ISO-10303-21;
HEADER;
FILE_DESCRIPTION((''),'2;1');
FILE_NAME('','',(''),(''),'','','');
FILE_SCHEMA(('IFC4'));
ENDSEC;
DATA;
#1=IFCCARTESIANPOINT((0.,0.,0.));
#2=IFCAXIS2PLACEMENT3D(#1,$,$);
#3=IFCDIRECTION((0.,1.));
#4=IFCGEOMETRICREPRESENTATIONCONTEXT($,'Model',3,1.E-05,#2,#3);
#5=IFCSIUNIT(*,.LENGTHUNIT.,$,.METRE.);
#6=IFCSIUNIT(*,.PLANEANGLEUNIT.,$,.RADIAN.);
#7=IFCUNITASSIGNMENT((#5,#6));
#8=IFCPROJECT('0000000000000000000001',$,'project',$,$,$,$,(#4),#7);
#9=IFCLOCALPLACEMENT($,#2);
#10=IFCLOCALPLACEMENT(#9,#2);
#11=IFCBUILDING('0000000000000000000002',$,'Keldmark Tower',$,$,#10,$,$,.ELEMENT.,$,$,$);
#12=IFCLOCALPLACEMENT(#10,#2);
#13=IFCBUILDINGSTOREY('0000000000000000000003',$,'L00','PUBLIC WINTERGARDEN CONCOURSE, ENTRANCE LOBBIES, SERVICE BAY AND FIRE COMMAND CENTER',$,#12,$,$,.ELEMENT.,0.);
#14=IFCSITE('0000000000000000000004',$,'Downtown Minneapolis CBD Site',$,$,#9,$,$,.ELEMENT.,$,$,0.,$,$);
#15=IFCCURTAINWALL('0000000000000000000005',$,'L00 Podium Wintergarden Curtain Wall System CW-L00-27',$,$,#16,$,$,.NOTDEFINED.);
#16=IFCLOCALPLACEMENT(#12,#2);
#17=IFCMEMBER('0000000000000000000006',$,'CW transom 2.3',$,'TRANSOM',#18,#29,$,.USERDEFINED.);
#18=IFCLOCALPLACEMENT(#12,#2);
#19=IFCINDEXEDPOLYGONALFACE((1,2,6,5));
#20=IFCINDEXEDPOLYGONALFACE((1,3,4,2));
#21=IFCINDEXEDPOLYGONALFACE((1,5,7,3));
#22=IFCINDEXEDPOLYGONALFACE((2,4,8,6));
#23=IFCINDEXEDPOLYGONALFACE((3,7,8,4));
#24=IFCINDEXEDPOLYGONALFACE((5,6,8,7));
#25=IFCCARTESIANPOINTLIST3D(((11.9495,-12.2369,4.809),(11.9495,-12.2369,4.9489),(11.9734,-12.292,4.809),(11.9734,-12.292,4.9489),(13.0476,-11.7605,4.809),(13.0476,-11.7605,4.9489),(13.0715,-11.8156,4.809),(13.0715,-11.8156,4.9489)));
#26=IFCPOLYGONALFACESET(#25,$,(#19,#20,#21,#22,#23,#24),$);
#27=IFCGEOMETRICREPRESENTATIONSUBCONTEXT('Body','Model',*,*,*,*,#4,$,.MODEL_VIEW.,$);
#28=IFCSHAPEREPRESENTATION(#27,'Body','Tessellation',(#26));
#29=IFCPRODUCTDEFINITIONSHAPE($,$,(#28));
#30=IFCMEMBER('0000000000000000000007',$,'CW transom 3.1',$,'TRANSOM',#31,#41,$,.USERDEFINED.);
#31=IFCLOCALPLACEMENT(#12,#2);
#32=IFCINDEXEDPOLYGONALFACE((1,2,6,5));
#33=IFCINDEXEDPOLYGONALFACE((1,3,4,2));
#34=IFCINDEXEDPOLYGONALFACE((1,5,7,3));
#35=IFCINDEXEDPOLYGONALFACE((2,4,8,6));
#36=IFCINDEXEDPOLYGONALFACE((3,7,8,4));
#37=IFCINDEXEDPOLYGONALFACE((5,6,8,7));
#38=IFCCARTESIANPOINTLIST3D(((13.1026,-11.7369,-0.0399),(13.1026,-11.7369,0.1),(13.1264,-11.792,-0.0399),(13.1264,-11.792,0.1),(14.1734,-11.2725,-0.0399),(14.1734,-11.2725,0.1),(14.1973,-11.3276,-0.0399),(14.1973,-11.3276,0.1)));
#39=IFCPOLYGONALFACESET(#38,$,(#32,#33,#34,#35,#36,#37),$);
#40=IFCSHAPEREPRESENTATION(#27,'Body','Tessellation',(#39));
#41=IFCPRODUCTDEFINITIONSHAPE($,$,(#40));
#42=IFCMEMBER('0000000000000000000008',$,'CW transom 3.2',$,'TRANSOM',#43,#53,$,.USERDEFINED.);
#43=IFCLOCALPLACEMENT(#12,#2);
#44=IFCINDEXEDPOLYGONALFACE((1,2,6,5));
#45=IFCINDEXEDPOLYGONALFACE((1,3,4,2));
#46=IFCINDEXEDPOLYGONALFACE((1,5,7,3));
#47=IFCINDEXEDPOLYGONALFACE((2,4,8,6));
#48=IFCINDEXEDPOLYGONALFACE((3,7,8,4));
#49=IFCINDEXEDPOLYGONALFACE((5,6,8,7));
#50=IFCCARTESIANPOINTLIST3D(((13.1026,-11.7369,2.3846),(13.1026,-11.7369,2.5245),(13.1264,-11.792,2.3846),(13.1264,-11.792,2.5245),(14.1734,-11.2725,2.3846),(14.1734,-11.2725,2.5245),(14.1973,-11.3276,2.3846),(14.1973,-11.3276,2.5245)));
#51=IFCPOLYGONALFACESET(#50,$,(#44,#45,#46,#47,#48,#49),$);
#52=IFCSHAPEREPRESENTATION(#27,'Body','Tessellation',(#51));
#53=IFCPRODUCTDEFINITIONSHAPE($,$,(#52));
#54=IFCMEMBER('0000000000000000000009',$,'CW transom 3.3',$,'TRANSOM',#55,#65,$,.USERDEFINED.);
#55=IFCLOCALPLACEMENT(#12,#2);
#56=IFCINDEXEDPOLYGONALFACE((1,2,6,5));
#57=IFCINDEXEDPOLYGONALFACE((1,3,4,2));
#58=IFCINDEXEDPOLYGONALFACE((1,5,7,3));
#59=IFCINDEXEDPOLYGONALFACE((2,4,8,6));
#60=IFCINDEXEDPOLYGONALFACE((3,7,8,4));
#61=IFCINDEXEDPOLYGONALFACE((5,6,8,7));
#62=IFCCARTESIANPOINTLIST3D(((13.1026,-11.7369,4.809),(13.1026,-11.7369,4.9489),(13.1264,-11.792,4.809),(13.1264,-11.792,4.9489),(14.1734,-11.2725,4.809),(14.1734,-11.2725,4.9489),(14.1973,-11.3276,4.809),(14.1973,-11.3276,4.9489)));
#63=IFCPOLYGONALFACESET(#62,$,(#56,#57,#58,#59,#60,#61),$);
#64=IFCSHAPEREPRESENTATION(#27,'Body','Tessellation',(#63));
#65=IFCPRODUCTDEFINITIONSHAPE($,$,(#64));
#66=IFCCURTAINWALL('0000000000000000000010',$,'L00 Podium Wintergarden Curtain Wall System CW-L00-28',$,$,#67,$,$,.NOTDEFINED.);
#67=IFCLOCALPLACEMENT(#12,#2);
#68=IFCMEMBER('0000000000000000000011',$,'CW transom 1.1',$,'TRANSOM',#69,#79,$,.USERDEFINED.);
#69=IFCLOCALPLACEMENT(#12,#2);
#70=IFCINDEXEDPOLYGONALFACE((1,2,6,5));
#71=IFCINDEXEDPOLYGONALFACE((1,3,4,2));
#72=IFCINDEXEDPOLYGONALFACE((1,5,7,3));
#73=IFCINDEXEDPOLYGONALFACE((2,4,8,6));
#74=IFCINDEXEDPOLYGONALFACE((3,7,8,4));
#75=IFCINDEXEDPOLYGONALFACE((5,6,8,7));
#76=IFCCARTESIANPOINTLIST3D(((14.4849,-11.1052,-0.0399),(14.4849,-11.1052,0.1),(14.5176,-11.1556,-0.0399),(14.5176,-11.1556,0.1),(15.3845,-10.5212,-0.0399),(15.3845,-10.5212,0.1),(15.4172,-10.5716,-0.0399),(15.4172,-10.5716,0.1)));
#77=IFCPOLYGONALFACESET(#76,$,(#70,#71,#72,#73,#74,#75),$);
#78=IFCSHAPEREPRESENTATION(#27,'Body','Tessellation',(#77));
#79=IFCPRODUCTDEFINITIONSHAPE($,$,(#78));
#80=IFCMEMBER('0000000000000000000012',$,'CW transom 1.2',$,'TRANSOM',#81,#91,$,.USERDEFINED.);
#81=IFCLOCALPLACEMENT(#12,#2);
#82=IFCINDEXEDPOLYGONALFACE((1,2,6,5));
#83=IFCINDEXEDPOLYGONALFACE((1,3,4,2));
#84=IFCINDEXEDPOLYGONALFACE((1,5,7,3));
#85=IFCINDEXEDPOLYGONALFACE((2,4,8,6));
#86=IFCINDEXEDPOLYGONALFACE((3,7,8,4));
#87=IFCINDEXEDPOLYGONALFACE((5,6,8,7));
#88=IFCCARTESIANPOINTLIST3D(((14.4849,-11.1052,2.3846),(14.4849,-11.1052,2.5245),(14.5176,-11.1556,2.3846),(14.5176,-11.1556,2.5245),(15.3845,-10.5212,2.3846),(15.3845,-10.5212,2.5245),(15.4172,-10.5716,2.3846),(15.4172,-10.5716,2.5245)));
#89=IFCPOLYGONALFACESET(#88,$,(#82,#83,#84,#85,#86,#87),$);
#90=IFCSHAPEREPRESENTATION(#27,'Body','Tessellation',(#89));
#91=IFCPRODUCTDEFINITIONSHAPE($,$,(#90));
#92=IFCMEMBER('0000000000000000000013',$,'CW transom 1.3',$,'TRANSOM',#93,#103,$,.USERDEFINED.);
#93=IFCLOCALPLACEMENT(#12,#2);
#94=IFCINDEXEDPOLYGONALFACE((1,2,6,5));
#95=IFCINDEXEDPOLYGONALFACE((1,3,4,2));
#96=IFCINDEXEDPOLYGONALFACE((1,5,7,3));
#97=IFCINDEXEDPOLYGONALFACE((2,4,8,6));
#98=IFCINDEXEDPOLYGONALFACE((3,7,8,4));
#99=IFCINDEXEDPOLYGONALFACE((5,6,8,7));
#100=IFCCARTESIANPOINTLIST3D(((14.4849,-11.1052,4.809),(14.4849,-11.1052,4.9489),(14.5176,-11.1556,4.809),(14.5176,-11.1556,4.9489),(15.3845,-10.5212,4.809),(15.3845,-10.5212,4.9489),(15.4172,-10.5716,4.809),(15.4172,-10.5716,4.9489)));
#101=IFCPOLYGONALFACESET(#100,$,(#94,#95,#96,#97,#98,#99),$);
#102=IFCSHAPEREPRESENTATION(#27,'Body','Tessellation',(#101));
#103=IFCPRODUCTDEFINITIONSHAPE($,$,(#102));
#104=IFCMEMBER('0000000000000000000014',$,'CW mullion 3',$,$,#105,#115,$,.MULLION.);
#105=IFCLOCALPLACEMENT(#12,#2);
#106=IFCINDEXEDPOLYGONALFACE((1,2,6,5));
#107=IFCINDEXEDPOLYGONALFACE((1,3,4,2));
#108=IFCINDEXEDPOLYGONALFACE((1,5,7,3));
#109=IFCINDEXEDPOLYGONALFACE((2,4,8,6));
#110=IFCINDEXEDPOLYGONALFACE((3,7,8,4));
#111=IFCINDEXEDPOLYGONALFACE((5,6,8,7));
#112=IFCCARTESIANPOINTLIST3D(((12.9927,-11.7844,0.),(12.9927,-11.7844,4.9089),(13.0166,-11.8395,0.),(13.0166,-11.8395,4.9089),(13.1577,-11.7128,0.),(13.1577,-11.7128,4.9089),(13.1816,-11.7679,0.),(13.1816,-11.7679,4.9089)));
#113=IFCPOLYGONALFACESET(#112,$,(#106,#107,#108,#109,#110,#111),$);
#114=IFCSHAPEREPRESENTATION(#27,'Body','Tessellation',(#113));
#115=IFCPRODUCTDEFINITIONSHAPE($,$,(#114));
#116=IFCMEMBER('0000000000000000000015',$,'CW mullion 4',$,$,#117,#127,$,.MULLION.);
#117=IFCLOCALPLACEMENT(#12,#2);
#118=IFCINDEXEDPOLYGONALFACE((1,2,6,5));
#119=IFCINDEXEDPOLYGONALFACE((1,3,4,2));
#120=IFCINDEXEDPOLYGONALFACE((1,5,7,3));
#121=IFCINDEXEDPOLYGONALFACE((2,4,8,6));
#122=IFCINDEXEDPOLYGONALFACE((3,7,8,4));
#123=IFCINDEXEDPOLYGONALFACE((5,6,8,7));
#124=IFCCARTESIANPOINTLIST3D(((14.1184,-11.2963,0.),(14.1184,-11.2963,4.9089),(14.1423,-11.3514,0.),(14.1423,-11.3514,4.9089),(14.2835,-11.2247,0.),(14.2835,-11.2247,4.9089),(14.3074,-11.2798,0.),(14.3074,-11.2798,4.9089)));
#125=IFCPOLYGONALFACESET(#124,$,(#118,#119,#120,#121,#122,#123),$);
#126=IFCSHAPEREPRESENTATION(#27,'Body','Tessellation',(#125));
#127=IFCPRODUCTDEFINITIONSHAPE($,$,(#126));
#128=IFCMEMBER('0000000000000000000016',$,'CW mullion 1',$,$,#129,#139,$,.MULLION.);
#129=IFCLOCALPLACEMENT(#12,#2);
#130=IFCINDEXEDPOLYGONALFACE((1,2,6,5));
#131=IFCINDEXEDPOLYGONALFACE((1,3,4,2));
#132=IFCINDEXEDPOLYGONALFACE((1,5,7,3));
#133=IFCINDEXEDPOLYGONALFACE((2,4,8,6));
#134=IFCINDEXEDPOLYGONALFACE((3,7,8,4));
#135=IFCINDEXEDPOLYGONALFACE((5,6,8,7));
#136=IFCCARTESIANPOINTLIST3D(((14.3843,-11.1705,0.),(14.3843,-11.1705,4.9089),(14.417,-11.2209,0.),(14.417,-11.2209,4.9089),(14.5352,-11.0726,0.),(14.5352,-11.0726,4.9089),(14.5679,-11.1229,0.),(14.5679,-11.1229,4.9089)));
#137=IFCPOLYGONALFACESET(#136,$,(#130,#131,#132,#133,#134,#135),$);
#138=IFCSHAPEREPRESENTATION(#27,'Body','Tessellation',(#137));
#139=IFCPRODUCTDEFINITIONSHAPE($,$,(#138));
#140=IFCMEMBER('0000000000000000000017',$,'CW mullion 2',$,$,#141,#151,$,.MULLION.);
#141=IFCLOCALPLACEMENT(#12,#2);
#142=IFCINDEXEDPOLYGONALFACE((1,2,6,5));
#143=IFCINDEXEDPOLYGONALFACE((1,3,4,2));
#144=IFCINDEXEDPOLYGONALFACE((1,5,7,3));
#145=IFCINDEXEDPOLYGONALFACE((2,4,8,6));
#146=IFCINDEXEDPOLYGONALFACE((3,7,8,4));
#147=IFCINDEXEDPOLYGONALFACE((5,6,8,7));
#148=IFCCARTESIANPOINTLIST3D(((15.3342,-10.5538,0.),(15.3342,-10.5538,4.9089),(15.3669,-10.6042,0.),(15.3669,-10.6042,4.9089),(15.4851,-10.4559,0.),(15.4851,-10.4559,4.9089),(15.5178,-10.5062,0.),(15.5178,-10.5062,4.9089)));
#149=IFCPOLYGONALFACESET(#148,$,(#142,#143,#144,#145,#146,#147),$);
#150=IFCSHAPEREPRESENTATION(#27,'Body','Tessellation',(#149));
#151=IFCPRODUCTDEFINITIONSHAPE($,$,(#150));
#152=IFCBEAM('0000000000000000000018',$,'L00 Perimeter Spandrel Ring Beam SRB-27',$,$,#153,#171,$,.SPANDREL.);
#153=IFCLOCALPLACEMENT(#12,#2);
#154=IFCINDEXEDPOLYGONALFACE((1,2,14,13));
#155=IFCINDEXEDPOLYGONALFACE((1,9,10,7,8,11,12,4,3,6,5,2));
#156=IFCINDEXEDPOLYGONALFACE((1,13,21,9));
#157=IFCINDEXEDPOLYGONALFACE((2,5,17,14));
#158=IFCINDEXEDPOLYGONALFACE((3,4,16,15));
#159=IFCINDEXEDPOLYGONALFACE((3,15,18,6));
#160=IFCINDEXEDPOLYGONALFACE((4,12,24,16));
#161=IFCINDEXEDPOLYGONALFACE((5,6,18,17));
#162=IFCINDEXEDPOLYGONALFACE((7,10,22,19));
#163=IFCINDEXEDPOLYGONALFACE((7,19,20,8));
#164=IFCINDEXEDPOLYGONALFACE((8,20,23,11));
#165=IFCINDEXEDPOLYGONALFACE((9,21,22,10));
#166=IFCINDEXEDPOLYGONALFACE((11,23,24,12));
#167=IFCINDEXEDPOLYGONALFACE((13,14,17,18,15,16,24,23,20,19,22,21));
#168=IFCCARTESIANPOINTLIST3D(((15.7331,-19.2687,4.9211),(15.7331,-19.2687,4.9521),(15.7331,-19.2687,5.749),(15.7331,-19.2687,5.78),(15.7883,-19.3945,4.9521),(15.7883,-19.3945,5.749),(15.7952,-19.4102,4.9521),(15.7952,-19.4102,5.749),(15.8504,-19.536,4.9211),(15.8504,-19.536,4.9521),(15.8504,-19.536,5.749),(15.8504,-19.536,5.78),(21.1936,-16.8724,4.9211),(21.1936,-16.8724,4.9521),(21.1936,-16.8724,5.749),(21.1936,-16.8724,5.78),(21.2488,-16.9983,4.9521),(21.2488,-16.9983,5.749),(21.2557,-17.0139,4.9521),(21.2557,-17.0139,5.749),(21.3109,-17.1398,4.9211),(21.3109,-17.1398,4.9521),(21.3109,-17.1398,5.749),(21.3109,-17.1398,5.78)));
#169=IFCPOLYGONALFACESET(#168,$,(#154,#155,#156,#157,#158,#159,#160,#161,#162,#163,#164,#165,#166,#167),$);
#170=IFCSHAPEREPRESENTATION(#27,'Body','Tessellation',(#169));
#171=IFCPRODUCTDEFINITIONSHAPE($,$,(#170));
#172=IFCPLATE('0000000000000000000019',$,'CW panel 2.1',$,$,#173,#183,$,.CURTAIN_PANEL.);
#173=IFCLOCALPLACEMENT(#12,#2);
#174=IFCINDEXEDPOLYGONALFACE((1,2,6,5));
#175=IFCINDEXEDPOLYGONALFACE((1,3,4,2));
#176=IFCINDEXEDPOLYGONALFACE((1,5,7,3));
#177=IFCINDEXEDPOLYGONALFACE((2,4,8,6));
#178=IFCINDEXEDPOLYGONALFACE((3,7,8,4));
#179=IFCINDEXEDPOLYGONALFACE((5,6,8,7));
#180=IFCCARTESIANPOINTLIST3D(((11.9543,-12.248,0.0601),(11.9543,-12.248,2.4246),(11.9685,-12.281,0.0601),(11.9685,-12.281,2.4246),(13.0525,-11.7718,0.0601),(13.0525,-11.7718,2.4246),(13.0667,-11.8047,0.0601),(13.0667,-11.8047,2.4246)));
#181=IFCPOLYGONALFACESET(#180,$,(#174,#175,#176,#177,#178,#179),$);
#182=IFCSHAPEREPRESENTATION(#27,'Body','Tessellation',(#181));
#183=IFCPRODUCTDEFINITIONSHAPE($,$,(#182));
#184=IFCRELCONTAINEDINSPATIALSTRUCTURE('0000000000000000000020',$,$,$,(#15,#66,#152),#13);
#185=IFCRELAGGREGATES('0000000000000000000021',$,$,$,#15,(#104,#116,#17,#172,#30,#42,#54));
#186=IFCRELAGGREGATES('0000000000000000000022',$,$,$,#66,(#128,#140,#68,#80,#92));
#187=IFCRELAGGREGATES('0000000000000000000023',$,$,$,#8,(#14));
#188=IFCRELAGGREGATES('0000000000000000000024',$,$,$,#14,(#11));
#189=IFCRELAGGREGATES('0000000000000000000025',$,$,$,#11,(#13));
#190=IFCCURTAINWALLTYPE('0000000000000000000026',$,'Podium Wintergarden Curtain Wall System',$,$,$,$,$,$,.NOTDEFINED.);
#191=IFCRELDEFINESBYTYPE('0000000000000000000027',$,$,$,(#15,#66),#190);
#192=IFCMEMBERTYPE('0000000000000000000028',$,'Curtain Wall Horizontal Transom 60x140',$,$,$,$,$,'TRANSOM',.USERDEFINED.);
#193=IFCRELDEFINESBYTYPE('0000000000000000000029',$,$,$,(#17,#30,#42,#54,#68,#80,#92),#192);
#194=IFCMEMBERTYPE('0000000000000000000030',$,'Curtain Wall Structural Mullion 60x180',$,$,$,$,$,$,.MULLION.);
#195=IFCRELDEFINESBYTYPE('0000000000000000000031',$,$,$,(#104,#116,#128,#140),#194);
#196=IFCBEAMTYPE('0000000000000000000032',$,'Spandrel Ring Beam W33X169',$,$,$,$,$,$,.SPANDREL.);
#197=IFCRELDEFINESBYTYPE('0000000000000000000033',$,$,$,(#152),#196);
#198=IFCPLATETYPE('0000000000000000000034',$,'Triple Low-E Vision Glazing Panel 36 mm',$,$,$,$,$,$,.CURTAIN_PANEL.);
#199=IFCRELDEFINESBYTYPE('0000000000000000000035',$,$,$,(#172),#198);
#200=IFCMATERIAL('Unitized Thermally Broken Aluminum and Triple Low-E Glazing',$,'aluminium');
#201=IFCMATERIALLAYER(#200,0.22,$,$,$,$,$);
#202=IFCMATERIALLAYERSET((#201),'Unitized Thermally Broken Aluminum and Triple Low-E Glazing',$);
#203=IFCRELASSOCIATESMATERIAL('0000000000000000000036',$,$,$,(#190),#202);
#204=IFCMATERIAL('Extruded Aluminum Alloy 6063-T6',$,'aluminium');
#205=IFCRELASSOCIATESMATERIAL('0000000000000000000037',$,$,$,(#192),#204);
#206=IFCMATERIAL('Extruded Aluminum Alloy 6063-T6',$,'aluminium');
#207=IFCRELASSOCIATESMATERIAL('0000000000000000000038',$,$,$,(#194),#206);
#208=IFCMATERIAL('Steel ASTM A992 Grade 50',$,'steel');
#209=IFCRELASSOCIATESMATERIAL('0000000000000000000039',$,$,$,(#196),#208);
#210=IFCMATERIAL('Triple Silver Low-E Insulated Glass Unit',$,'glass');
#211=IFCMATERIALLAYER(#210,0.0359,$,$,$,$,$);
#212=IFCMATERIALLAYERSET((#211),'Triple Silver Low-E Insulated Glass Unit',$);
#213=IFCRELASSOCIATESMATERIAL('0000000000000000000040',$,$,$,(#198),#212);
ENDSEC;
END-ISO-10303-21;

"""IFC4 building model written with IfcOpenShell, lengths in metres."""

from ifc_helpers import new_model, si_unit, direction, frame, origin, origin_2d, place, context, subcontext, project, spatial, rectangle, i_section, extrude, material, layer, layer_set, material_profile, profile_set, type_object, element, aggregate, save


model = new_model("IFC4")

# Units and contexts
model_context = context("Model", 3, precision=1e-05, world=origin(), true_north=direction((0.0, 1.0)))
body_context = subcontext(model_context, "Body", "Model", "MODEL_VIEW")
ifc_project = project(units=[si_unit("LENGTHUNIT", "METRE"), si_unit("PLANEANGLEUNIT", "RADIAN")], contexts=[model_context])

# Site, building, storey
site_placement = place(None, origin())
site = spatial("IfcSite", under=ifc_project, at=site_placement, Name="Downtown Minneapolis CBD Site", CompositionType="ELEMENT", RefElevation=0.0)
building_placement = place(site_placement, origin())
building = spatial("IfcBuilding", under=site, at=building_placement, Name="Keldmark Tower", CompositionType="ELEMENT")
storey_placement = place(building_placement, origin())
storey = spatial("IfcBuildingStorey", under=building, at=storey_placement, Name="L00", Description="PUBLIC WINTERGARDEN CONCOURSE, ENTRANCE LOBBIES, SERVICE BAY AND FIRE COMMAND CENTER", CompositionType="ELEMENT", Elevation=0.0)

# Curtain walls, members
ifc_material_1 = material(Name="Unitized Thermally Broken Aluminum and Triple Low-E Glazing", Category="aluminium")
ifc_layer_1 = layer(ifc_material_1, 0.22)
ifc_layer_set_1 = layer_set([ifc_layer_1], Name="Unitized Thermally Broken Aluminum and Triple Low-E Glazing")
curtain_wall_type = type_object("IfcCurtainWallType", Name="Podium Wintergarden Curtain Wall System", PredefinedType="NOTDEFINED", material=ifc_layer_set_1)
curtain_wall_1_placement = place(storey_placement, origin())
curtain_wall_1 = element("IfcCurtainWall", 1, at=curtain_wall_1_placement, inside=storey, type_object=curtain_wall_type, Name="L00 Podium Wintergarden Curtain Wall System CW-L00-27", PredefinedType="NOTDEFINED")
ifc_material_2 = material(Name="Extruded Aluminum Alloy 6063-T6", Category="aluminium")
ifc_material_profile_1 = material_profile(ifc_material_2, rectangle(XDim=0.0601, YDim=0.1399, at=origin_2d()), Name="CWT60X140")
ifc_profile_set_1 = profile_set([ifc_material_profile_1], Name="Extruded Aluminum Alloy 6063-T6")
member_type_1 = type_object("IfcMemberType", Name="Curtain Wall Horizontal Transom 60x140", ElementType="TRANSOM", PredefinedType="USERDEFINED", material=ifc_profile_set_1)
member_1_placement = place(storey_placement, frame((11.9614, -12.2644, 4.8789), z_axis=(0.917417, 0.397928, 0.0), x_axis=(-0.397928, 0.917417, 0.0)))
member_1 = element("IfcMember", 2, at=member_1_placement, type_object=member_type_1, Name="CW transom 2.3", ObjectType="TRANSOM", PredefinedType="USERDEFINED", context=body_context, shape_type="SweptSolid", body=[
    extrude(rectangle(XDim=0.0601, YDim=0.1399, at=origin_2d()), origin(), (0.0, 0.0, 1.0), 1.197),
])
member_2_placement = place(storey_placement, frame((13.1145, -11.7644, 0.03), z_axis=(0.917449, 0.397854, 0.0), x_axis=(-0.397854, 0.917449, 0.0)))
member_2 = element("IfcMember", 3, at=member_2_placement, type_object=member_type_1, Name="CW transom 3.1", ObjectType="TRANSOM", PredefinedType="USERDEFINED", context=body_context, shape_type="SweptSolid", body=[
    extrude(rectangle(XDim=0.0601, YDim=0.1399, at=origin_2d()), origin(), (0.0, 0.0, 1.0), 1.1672),
])
member_3_placement = place(storey_placement, frame((13.1145, -11.7644, 2.4546), z_axis=(0.917449, 0.397854, 0.0), x_axis=(-0.397854, 0.917449, 0.0)))
member_3 = element("IfcMember", 4, at=member_3_placement, type_object=member_type_1, Name="CW transom 3.2", ObjectType="TRANSOM", PredefinedType="USERDEFINED", context=body_context, shape_type="SweptSolid", body=[
    extrude(rectangle(XDim=0.0601, YDim=0.1399, at=origin_2d()), origin(), (0.0, 0.0, 1.0), 1.1672),
])
member_4_placement = place(storey_placement, frame((13.1145, -11.7644, 4.8789), z_axis=(0.917449, 0.397854, 0.0), x_axis=(-0.397854, 0.917449, 0.0)))
member_4 = element("IfcMember", 5, at=member_4_placement, type_object=member_type_1, Name="CW transom 3.3", ObjectType="TRANSOM", PredefinedType="USERDEFINED", context=body_context, shape_type="SweptSolid", body=[
    extrude(rectangle(XDim=0.0601, YDim=0.1399, at=origin_2d()), origin(), (0.0, 0.0, 1.0), 1.1672),
])
curtain_wall_2_placement = place(storey_placement, origin())
curtain_wall_2 = element("IfcCurtainWall", 6, at=curtain_wall_2_placement, inside=storey, type_object=curtain_wall_type, Name="L00 Podium Wintergarden Curtain Wall System CW-L00-28", PredefinedType="NOTDEFINED")
member_5_placement = place(storey_placement, frame((14.5012, -11.1304, 0.03), z_axis=(0.838781, 0.544468, 0.0), x_axis=(-0.544468, 0.838781, 0.0)))
member_5 = element("IfcMember", 7, at=member_5_placement, type_object=member_type_1, Name="CW transom 1.1", ObjectType="TRANSOM", PredefinedType="USERDEFINED", context=body_context, shape_type="SweptSolid", body=[
    extrude(rectangle(XDim=0.0601, YDim=0.1399, at=origin_2d()), origin(), (0.0, 0.0, 1.0), 1.0725),
])
member_6_placement = place(storey_placement, frame((14.5012, -11.1304, 2.4546), z_axis=(0.838781, 0.544468, 0.0), x_axis=(-0.544468, 0.838781, 0.0)))
member_6 = element("IfcMember", 8, at=member_6_placement, type_object=member_type_1, Name="CW transom 1.2", ObjectType="TRANSOM", PredefinedType="USERDEFINED", context=body_context, shape_type="SweptSolid", body=[
    extrude(rectangle(XDim=0.0601, YDim=0.1399, at=origin_2d()), origin(), (0.0, 0.0, 1.0), 1.0725),
])
member_7_placement = place(storey_placement, frame((14.5012, -11.1304, 4.8789), z_axis=(0.838781, 0.544468, 0.0), x_axis=(-0.544468, 0.838781, 0.0)))
member_7 = element("IfcMember", 9, at=member_7_placement, type_object=member_type_1, Name="CW transom 1.3", ObjectType="TRANSOM", PredefinedType="USERDEFINED", context=body_context, shape_type="SweptSolid", body=[
    extrude(rectangle(XDim=0.0601, YDim=0.1399, at=origin_2d()), origin(), (0.0, 0.0, 1.0), 1.0725),
])

# Members
ifc_material_3 = material(Name="Extruded Aluminum Alloy 6063-T6", Category="aluminium")
ifc_material_profile_2 = material_profile(ifc_material_3, rectangle(XDim=0.0601, YDim=0.1799, at=origin_2d()), Name="CWM60X180")
ifc_profile_set_2 = profile_set([ifc_material_profile_2], Name="Extruded Aluminum Alloy 6063-T6")
member_type_2 = type_object("IfcMemberType", Name="Curtain Wall Structural Mullion 60x180", PredefinedType="MULLION", material=ifc_profile_set_2)
member_8_placement = place(storey_placement, frame((13.0872, -11.7761, 0.0), z_axis=(0.0, 0.0, 1.0), x_axis=(-0.397884, 0.917436, 0.0)))
member_8 = element("IfcMember", 10, at=member_8_placement, type_object=member_type_2, Name="CW mullion 3", PredefinedType="MULLION", context=body_context, shape_type="SweptSolid", body=[
    extrude(rectangle(XDim=0.0601, YDim=0.1799, at=origin_2d()), origin(), (0.0, 0.0, 1.0), 4.9089),
])
member_9_placement = place(storey_placement, frame((14.2129, -11.2881, 0.0), z_axis=(0.0, 0.0, 1.0), x_axis=(-0.397884, 0.917436, 0.0)))
member_9 = element("IfcMember", 11, at=member_9_placement, type_object=member_type_2, Name="CW mullion 4", PredefinedType="MULLION", context=body_context, shape_type="SweptSolid", body=[
    extrude(rectangle(XDim=0.0601, YDim=0.1799, at=origin_2d()), origin(), (0.0, 0.0, 1.0), 4.9089),
])
member_10_placement = place(storey_placement, frame((14.4761, -11.1467, 0.0), z_axis=(0.0, 0.0, 1.0), x_axis=(-0.544496, 0.838763, 0.0)))
member_10 = element("IfcMember", 12, at=member_10_placement, type_object=member_type_2, Name="CW mullion 1", PredefinedType="MULLION", context=body_context, shape_type="SweptSolid", body=[
    extrude(rectangle(XDim=0.0601, YDim=0.1799, at=origin_2d()), origin(), (0.0, 0.0, 1.0), 4.9089),
])
member_11_placement = place(storey_placement, frame((15.426, -10.53, 0.0), z_axis=(0.0, 0.0, 1.0), x_axis=(-0.544496, 0.838763, 0.0)))
member_11 = element("IfcMember", 13, at=member_11_placement, type_object=member_type_2, Name="CW mullion 2", PredefinedType="MULLION", context=body_context, shape_type="SweptSolid", body=[
    extrude(rectangle(XDim=0.0601, YDim=0.1799, at=origin_2d()), origin(), (0.0, 0.0, 1.0), 4.9089),
])

# Beam
ifc_material_4 = material(Name="Steel ASTM A992 Grade 50", Category="steel")
ifc_material_profile_3 = material_profile(ifc_material_4, i_section(OverallWidth=0.292, OverallDepth=0.8589, WebThickness=0.0171, FlangeThickness=0.031, at=origin_2d()), Name="W33X169")
ifc_profile_set_3 = profile_set([ifc_material_profile_3], Name="Steel ASTM A992 Grade 50")
beam_type = type_object("IfcBeamType", Name="Spandrel Ring Beam W33X169", PredefinedType="SPANDREL", material=ifc_profile_set_3)
beam_placement = place(storey_placement, frame((15.7917, -19.4023, 5.3506), z_axis=(0.915708, 0.401845, 0.0), x_axis=(-0.401845, 0.915708, 0.0)))
element("IfcBeam", 14, at=beam_placement, inside=storey, type_object=beam_type, Name="L00 Perimeter Spandrel Ring Beam SRB-27", PredefinedType="SPANDREL", context=body_context, shape_type="SweptSolid", body=[
    extrude(i_section(OverallWidth=0.292, OverallDepth=0.8589, WebThickness=0.0171, FlangeThickness=0.031, at=origin_2d()), origin(), (0.0, 0.0, 1.0), 5.9631),
])

# Plate
ifc_material_5 = material(Name="Triple Silver Low-E Insulated Glass Unit", Category="glass")
ifc_layer_2 = layer(ifc_material_5, 0.0359)
ifc_layer_set_2 = layer_set([ifc_layer_2], Name="Triple Silver Low-E Insulated Glass Unit")
plate_type = type_object("IfcPlateType", Name="Triple Low-E Vision Glazing Panel 36 mm", PredefinedType="CURTAIN_PANEL", material=ifc_layer_set_2)
plate_1_placement = place(storey_placement, frame((12.5105, -12.0264, 0.0601), z_axis=(0.0, 0.0, 1.0), x_axis=(0.917436, 0.397884, 0.0)))
plate_1 = element("IfcPlate", 15, at=plate_1_placement, type_object=plate_type, Name="CW panel 2.1", PredefinedType="CURTAIN_PANEL", context=body_context, shape_type="SweptSolid", body=[
    extrude(rectangle(XDim=1.197, YDim=0.0359, at=origin_2d()), origin(), (0.0, 0.0, 1.0), 2.3645),
])
aggregate(curtain_wall_1, [member_8, member_9, member_1, plate_1, member_2, member_3, member_4])
aggregate(curtain_wall_2, [member_10, member_11, member_5, member_6, member_7])

save(model, "model.ifc")
